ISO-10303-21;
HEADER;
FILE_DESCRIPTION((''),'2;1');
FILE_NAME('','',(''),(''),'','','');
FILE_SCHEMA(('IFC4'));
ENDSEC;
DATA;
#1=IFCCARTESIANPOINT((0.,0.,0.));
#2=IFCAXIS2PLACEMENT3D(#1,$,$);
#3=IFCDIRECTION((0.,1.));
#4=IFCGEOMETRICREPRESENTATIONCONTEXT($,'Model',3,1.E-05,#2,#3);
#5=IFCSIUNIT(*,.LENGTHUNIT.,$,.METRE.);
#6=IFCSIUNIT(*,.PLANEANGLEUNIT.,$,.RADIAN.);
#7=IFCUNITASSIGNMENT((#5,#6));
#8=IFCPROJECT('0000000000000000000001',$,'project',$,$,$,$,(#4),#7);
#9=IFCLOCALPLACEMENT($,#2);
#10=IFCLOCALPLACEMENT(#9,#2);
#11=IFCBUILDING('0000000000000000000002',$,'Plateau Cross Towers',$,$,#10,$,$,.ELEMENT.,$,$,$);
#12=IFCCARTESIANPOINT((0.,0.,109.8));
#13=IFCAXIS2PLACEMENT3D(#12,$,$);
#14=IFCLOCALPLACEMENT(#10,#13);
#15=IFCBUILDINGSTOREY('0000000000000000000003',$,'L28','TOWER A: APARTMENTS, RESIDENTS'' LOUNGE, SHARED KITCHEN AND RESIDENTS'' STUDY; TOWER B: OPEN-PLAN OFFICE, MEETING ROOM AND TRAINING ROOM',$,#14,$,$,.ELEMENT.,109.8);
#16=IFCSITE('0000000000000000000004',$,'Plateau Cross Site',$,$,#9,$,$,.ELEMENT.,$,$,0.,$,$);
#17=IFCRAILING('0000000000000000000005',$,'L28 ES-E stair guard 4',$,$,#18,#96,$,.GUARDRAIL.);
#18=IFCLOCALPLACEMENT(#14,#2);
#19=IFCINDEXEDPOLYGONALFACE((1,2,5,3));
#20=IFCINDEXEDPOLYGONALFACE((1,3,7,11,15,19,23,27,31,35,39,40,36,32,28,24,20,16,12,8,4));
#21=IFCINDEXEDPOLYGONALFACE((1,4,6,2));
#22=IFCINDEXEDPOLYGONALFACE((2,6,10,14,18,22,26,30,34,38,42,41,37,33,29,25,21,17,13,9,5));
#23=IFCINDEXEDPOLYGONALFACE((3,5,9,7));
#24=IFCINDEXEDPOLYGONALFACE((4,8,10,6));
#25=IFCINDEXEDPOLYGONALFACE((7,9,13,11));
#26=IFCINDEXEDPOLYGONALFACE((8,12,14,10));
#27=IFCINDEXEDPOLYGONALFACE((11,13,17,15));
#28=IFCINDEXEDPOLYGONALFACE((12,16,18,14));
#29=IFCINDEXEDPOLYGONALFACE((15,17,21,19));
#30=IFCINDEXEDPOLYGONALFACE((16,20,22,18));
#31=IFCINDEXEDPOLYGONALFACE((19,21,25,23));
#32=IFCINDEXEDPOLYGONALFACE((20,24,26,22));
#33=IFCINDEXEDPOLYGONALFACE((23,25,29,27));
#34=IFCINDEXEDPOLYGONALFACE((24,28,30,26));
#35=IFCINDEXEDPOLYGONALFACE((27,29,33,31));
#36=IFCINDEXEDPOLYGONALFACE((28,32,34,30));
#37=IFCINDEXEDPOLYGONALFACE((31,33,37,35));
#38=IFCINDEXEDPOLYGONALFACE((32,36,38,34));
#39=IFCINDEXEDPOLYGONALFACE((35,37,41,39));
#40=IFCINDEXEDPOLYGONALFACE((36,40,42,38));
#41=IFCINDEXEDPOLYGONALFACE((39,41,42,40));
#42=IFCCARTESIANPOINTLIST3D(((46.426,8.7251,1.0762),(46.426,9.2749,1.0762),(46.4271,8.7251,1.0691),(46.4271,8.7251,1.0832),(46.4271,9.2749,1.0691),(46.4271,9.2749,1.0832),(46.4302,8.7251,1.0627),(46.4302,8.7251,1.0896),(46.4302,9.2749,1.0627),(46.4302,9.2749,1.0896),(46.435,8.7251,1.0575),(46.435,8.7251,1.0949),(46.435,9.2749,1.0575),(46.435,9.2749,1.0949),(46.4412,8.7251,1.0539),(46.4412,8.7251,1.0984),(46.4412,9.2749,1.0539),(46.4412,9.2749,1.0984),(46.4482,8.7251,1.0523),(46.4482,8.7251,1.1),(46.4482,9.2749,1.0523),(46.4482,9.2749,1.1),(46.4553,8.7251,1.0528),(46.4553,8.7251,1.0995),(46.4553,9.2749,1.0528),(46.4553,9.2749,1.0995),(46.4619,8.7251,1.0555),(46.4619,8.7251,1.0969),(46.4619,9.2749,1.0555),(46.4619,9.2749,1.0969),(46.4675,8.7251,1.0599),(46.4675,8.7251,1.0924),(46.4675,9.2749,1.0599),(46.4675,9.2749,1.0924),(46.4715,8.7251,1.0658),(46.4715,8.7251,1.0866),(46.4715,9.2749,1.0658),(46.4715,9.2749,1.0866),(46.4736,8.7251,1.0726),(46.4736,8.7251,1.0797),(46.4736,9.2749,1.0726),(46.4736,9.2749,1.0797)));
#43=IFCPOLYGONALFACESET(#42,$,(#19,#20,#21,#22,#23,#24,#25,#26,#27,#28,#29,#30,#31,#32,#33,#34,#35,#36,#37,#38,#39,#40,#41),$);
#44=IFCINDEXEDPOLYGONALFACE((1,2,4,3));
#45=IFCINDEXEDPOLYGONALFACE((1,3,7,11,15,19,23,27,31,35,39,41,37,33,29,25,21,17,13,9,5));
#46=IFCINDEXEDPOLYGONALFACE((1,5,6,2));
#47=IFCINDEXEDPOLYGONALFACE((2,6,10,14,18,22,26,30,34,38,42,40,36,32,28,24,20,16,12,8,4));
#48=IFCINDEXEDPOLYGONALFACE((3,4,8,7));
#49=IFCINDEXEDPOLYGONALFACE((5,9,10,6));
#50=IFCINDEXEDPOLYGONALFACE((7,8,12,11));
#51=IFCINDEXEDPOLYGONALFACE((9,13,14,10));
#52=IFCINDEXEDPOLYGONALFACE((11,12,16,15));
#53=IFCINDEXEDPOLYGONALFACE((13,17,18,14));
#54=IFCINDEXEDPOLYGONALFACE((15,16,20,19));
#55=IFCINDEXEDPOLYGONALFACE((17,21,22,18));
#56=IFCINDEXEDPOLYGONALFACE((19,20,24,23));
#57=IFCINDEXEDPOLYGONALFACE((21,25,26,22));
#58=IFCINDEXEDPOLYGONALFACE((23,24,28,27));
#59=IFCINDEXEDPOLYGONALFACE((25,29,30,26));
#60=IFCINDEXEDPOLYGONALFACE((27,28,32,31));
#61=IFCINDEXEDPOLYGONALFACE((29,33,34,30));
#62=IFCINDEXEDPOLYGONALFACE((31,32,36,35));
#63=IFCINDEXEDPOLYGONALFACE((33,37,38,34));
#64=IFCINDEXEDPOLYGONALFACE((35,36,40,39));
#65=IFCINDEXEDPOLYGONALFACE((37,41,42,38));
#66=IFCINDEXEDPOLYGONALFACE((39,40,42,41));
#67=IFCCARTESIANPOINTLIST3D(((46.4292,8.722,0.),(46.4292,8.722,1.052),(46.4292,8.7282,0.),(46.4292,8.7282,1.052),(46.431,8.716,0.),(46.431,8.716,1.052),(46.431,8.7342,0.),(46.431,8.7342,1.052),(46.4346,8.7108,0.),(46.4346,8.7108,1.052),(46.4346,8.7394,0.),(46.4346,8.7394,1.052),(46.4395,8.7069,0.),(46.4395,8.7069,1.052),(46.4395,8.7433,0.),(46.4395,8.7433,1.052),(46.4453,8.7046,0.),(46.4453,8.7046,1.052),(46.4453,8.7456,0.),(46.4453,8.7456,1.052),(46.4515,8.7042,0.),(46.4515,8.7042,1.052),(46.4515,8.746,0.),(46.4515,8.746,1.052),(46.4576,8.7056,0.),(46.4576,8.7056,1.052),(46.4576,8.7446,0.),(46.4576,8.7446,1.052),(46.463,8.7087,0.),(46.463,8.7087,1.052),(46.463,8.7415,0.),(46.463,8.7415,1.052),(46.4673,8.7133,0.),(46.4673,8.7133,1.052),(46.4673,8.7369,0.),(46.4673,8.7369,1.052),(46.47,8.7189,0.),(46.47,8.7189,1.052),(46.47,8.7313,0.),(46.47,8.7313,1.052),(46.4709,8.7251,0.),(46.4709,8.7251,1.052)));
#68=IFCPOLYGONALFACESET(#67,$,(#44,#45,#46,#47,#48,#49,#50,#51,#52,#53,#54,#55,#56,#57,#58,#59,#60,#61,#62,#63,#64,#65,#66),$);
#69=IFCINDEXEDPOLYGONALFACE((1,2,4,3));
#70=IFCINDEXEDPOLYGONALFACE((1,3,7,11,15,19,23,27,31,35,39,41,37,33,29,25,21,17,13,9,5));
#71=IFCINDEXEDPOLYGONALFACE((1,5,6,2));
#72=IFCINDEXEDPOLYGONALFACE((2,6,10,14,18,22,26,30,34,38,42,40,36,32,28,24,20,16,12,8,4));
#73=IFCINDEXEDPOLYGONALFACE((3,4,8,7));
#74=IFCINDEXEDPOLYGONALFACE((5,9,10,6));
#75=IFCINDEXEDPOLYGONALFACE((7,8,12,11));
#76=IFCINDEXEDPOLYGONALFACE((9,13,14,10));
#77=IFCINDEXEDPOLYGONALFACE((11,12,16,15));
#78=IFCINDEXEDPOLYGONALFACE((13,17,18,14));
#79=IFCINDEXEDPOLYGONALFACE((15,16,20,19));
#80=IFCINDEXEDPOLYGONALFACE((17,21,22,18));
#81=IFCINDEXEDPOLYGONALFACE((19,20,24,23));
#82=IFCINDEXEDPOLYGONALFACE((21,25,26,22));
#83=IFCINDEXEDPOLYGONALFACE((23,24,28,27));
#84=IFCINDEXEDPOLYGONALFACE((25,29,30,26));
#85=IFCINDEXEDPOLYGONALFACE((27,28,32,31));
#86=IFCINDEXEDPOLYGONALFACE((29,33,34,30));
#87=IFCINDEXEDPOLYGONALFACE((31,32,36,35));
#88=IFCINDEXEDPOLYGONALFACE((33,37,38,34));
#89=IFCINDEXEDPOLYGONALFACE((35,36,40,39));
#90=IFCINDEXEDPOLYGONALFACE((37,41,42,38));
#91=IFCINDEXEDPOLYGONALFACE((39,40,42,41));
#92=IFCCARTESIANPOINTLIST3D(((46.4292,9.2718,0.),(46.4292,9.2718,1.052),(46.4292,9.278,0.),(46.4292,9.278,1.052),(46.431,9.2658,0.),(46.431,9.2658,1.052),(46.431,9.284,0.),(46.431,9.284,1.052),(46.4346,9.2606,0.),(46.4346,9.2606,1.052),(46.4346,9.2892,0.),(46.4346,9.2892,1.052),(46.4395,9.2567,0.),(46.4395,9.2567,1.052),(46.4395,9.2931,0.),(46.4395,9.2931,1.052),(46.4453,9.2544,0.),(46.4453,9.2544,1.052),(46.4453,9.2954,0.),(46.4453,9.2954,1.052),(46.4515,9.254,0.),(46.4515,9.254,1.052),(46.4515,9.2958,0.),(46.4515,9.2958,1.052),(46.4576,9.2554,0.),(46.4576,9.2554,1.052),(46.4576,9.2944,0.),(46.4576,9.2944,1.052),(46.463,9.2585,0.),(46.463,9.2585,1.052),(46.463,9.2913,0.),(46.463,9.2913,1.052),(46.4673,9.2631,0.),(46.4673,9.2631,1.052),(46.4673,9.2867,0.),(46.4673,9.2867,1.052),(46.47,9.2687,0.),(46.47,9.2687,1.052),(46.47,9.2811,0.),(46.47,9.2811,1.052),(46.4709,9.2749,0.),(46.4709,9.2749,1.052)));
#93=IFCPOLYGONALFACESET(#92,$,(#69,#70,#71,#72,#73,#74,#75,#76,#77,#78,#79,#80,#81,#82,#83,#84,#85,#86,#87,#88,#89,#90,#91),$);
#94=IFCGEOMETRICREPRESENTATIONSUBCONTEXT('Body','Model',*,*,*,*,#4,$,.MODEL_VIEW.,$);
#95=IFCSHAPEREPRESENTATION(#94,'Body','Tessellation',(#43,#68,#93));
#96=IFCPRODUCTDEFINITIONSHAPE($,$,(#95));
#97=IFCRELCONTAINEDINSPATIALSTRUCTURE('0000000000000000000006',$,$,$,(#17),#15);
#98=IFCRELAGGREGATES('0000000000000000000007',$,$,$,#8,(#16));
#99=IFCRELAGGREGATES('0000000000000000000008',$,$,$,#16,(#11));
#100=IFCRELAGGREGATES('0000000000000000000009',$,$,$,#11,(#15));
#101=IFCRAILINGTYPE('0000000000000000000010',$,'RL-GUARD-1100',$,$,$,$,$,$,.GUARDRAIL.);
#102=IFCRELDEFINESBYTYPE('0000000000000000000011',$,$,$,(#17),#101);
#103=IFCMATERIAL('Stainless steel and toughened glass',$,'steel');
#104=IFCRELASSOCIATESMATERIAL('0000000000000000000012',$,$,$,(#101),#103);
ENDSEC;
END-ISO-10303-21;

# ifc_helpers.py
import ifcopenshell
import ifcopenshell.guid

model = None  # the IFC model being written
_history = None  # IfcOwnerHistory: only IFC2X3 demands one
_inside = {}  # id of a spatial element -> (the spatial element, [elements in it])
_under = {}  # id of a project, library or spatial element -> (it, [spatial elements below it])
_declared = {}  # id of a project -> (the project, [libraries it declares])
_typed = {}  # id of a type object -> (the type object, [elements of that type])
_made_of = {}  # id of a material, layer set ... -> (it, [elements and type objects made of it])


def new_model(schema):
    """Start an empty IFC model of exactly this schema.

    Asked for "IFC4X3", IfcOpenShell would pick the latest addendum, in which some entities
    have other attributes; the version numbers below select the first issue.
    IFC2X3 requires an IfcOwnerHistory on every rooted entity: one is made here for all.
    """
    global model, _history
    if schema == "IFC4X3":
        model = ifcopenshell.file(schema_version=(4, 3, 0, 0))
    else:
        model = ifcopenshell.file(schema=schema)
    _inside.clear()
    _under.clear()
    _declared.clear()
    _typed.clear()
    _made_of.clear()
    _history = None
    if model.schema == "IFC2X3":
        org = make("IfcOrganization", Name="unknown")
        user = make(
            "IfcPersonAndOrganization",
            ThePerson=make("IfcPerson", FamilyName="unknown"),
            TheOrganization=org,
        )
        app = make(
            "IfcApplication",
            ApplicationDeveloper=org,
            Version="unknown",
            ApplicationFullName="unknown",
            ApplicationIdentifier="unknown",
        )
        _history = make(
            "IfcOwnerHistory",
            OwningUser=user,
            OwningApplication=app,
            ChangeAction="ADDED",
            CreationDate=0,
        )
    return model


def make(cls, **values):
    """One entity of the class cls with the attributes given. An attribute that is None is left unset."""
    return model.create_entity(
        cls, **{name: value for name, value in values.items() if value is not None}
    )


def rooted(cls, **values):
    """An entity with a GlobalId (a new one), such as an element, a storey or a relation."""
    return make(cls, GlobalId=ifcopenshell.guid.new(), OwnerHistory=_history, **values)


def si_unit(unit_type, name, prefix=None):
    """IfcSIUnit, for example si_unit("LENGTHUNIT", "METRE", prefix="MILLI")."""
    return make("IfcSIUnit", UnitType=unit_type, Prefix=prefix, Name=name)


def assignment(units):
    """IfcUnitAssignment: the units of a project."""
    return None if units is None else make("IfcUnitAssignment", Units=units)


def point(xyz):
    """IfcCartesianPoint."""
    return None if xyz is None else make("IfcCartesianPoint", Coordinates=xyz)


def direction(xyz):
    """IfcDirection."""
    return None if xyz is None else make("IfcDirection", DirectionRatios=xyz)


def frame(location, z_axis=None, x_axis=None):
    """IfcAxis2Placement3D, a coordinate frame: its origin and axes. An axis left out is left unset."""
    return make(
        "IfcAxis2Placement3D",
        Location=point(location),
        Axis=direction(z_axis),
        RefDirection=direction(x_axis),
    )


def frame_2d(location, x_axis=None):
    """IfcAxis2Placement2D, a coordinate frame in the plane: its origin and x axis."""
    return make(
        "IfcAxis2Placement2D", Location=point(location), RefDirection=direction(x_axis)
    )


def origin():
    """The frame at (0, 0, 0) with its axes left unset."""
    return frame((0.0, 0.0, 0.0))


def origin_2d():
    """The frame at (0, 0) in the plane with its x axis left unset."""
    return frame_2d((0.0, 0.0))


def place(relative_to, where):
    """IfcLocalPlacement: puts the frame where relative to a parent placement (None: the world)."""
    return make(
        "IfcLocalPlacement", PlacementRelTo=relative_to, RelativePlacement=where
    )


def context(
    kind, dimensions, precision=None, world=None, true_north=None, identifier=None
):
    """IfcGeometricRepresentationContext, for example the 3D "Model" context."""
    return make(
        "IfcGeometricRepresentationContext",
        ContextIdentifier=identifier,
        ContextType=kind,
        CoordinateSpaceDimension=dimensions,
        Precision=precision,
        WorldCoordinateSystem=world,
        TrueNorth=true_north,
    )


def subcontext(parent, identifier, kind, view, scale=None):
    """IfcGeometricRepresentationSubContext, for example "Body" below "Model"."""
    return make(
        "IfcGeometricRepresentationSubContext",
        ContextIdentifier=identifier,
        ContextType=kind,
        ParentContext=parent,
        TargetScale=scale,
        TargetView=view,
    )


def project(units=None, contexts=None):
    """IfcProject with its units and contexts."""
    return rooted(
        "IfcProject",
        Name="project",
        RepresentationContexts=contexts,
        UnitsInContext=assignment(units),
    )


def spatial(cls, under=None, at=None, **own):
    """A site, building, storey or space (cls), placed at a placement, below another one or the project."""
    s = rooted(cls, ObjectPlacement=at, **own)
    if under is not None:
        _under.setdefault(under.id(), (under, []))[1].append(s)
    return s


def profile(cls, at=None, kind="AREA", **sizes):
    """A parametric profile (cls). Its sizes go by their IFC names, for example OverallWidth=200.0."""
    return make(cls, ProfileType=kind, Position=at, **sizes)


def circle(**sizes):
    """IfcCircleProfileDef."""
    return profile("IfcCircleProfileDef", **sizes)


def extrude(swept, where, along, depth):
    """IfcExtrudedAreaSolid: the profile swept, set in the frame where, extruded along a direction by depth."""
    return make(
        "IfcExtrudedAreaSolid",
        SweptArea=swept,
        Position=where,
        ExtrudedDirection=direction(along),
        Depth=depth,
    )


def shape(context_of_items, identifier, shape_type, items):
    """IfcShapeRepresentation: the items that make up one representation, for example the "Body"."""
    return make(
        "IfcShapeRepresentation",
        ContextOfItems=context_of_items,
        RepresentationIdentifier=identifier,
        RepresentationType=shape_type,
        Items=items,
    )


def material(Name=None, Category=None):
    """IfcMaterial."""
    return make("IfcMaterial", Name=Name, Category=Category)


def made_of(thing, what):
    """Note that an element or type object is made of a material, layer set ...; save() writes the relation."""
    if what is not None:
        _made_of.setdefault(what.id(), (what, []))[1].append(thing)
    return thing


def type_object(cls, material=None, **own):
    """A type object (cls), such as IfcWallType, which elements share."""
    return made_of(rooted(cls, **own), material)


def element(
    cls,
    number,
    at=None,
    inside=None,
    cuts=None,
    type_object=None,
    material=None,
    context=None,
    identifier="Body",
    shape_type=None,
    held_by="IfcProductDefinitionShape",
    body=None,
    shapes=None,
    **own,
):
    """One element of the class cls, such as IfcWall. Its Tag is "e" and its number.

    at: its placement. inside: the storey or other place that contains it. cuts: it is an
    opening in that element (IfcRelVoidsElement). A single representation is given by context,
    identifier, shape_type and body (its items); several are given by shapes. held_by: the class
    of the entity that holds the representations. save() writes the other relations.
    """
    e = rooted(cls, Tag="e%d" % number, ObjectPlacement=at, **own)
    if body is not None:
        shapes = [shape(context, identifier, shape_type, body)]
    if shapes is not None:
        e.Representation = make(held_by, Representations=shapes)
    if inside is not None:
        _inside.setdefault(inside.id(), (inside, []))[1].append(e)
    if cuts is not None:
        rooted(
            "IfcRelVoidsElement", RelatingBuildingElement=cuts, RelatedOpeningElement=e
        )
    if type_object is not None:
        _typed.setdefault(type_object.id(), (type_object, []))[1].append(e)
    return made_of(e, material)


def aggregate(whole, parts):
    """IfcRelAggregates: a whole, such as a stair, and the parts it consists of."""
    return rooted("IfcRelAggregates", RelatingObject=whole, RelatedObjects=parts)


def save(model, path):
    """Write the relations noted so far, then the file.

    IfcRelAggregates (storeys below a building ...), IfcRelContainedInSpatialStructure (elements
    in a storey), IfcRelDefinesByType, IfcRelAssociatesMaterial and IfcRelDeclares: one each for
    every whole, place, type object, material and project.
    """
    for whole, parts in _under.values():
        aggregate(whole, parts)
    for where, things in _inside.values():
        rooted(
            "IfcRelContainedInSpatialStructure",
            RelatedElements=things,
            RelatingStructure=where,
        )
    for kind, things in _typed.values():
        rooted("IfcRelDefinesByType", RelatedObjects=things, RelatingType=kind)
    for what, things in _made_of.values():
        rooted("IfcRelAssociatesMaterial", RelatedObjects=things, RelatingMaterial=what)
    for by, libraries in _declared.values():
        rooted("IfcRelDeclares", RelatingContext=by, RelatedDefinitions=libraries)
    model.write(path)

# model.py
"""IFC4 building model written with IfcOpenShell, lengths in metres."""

from ifc_helpers import new_model, si_unit, direction, frame, origin, origin_2d, place, context, subcontext, project, spatial, circle, extrude, material, type_object, element, save


model = new_model("IFC4")

# Units and contexts
model_context = context("Model", 3, precision=1e-05, world=origin(), true_north=direction((0.0, 1.0)))
body_context = subcontext(model_context, "Body", "Model", "MODEL_VIEW")
ifc_project = project(units=[si_unit("LENGTHUNIT", "METRE"), si_unit("PLANEANGLEUNIT", "RADIAN")], contexts=[model_context])

# Site, building, storey
site_placement = place(None, origin())
site = spatial("IfcSite", under=ifc_project, at=site_placement, Name="Plateau Cross Site", CompositionType="ELEMENT", RefElevation=0.0)
building_placement = place(site_placement, origin())
building = spatial("IfcBuilding", under=site, at=building_placement, Name="Plateau Cross Towers", CompositionType="ELEMENT")
storey_placement = place(building_placement, frame((0.0, 0.0, 109.8)))
storey = spatial("IfcBuildingStorey", under=building, at=storey_placement, Name="L28", Description="TOWER A: APARTMENTS, RESIDENTS' LOUNGE, SHARED KITCHEN AND RESIDENTS' STUDY; TOWER B: OPEN-PLAN OFFICE, MEETING ROOM AND TRAINING ROOM", CompositionType="ELEMENT", Elevation=109.8)

# Railing
ifc_material_1 = material(Name="Stainless steel and toughened glass", Category="steel")
railing_type_1 = type_object("IfcRailingType", Name="RL-GUARD-1100", PredefinedType="GUARDRAIL", material=ifc_material_1)
railing_1_placement = place(storey_placement, frame((46.45, 8.7251, 0.0)))
element("IfcRailing", 1, at=railing_1_placement, inside=storey, type_object=railing_type_1, Name="L28 ES-E stair guard 4", PredefinedType="GUARDRAIL", context=body_context, shape_type="SweptSolid", body=[
    extrude(circle(Radius=0.0239, at=origin_2d()), frame((0.0, 0.0, 1.0762), z_axis=(0.0, 1.0, 0.0), x_axis=(-1.0, 0.0, 0.0)), (0.0, 0.0, 1.0), 0.5498),
    extrude(circle(Radius=0.021, at=origin_2d()), origin(), (0.0, 0.0, 1.0), 1.052),
    extrude(circle(Radius=0.021, at=origin_2d()), frame((0.0, 0.5498, 0.0)), (0.0, 0.0, 1.0), 1.052),
])

save(model, "model.ifc")
